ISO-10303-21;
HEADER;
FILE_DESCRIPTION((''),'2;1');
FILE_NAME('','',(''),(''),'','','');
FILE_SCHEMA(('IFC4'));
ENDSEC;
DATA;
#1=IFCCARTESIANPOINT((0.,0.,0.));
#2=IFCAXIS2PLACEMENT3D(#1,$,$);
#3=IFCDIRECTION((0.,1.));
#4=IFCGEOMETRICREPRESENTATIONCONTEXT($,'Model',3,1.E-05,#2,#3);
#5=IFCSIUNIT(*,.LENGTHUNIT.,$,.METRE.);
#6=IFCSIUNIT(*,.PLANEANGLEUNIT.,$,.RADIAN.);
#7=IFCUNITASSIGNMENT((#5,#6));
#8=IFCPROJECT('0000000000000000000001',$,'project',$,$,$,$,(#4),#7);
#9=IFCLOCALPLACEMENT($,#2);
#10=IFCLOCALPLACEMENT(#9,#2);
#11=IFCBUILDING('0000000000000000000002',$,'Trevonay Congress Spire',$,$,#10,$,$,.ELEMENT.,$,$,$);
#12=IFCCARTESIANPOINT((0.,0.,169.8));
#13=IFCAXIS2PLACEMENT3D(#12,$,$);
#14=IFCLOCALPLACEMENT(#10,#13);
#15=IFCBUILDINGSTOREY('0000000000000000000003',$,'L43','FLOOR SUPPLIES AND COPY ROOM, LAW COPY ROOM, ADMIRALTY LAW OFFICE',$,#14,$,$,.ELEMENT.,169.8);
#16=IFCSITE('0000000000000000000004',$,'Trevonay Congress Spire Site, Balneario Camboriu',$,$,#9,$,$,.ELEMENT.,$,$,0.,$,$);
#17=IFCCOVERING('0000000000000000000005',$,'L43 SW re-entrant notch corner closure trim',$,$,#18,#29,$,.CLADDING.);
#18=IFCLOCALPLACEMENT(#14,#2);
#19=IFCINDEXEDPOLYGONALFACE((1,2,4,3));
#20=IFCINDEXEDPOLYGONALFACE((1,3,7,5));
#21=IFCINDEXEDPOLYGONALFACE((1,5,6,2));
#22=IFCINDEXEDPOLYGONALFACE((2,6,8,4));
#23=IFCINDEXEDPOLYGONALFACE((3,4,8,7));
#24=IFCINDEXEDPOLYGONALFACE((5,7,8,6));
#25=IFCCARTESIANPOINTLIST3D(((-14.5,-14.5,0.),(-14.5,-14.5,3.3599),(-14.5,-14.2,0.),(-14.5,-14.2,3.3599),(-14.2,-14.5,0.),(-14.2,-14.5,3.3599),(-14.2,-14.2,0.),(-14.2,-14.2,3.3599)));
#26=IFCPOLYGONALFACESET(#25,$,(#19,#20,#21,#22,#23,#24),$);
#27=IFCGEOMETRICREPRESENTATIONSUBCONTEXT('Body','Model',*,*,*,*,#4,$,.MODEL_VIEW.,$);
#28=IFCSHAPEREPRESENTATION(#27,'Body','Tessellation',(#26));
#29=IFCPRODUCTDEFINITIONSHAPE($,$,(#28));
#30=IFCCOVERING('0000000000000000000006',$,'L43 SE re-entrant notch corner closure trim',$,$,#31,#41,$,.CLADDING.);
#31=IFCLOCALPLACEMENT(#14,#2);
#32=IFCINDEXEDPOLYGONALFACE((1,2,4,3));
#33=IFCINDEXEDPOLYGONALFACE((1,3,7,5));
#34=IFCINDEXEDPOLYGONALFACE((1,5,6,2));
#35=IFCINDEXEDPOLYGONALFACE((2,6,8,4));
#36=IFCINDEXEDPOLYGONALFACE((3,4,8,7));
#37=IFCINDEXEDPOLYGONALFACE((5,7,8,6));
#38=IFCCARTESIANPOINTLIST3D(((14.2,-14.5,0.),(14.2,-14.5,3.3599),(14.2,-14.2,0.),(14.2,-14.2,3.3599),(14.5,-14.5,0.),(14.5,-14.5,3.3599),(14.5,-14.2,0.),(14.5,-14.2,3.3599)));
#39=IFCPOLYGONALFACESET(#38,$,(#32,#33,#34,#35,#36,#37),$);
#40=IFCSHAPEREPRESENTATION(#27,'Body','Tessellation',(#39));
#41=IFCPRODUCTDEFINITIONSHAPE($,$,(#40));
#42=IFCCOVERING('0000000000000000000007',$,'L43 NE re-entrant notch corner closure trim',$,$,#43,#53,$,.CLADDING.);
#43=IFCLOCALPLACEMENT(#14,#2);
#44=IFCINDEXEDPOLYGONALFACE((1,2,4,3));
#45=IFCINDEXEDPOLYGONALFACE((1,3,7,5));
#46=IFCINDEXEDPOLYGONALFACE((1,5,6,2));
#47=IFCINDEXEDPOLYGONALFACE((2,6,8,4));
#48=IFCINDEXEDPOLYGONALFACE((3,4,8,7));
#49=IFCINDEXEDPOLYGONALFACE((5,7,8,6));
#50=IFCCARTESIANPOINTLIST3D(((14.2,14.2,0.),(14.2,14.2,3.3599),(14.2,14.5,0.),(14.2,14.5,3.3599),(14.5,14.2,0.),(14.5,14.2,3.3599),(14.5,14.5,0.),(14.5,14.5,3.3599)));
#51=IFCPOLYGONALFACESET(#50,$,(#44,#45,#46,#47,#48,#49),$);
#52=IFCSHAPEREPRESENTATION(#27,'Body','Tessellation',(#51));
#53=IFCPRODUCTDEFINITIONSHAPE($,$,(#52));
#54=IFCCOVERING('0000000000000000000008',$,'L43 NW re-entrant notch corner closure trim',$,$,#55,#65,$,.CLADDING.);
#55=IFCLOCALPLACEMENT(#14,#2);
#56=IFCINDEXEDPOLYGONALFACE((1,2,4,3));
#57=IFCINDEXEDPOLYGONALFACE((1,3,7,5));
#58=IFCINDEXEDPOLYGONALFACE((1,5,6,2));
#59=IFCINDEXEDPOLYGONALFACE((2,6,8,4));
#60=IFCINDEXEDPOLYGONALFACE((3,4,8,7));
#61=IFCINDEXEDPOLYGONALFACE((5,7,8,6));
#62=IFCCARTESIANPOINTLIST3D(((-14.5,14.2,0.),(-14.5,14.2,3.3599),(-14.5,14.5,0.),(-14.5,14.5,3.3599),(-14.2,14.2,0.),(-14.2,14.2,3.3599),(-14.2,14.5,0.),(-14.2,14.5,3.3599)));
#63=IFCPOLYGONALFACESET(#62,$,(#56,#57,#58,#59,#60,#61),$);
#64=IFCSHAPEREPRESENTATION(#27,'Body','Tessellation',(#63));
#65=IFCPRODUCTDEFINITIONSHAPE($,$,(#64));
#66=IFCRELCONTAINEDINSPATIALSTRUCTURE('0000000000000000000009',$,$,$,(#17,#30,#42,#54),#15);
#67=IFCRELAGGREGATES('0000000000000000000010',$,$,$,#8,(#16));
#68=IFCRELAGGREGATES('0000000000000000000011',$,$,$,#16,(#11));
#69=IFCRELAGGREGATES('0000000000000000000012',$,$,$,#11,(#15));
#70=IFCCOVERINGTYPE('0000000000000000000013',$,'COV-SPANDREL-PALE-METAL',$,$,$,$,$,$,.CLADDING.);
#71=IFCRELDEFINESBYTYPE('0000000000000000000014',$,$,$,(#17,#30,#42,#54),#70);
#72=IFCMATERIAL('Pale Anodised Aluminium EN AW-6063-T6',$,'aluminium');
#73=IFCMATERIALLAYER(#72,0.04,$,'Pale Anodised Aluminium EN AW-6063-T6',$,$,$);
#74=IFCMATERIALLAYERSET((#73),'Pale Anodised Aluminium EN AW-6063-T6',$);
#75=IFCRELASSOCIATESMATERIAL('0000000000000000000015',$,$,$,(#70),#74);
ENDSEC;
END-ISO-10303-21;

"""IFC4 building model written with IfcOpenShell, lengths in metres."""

from ifc_helpers import new_model, si_unit, direction, frame, origin, place, context, subcontext, project, spatial, polyline, outline, extrude, material, layer, layer_set, type_object, element, save


model = new_model("IFC4")

# Units and contexts
model_context = context("Model", 3, precision=1e-05, world=origin(), true_north=direction((0.0, 1.0)))
body_context = subcontext(model_context, "Body", "Model", "MODEL_VIEW")
ifc_project = project(units=[si_unit("LENGTHUNIT", "METRE"), si_unit("PLANEANGLEUNIT", "RADIAN")], contexts=[model_context])

# Site, building, storey
site_placement = place(None, origin())
site = spatial("IfcSite", under=ifc_project, at=site_placement, Name="Trevonay Congress Spire Site, Balneario Camboriu", CompositionType="ELEMENT", RefElevation=0.0)
building_placement = place(site_placement, origin())
building = spatial("IfcBuilding", under=site, at=building_placement, Name="Trevonay Congress Spire", CompositionType="ELEMENT")
storey_placement = place(building_placement, frame((0.0, 0.0, 169.8)))
storey = spatial("IfcBuildingStorey", under=building, at=storey_placement, Name="L43", Description="FLOOR SUPPLIES AND COPY ROOM, LAW COPY ROOM, ADMIRALTY LAW OFFICE", CompositionType="ELEMENT", Elevation=169.8)

# Shared definitions
ifc_material_1 = material(Name="Pale Anodised Aluminium EN AW-6063-T6", Category="aluminium")

# Coverings
ifc_layer_1 = layer(ifc_material_1, 0.04, Name="Pale Anodised Aluminium EN AW-6063-T6")
ifc_layer_set_1 = layer_set([ifc_layer_1], Name="Pale Anodised Aluminium EN AW-6063-T6")
covering_type_1 = type_object("IfcCoveringType", Name="COV-SPANDREL-PALE-METAL", PredefinedType="CLADDING", material=ifc_layer_set_1)
covering_1_placement = place(storey_placement, origin())
element("IfcCovering", 1, at=covering_1_placement, inside=storey, type_object=covering_type_1, Name="L43 SW re-entrant notch corner closure trim", PredefinedType="CLADDING", context=body_context, shape_type="SweptSolid", body=[
    extrude(outline(polyline([(-14.5, -14.5), (-14.2, -14.5), (-14.2, -14.2), (-14.5, -14.2), (-14.5, -14.5)])), origin(), (0.0, 0.0, 1.0), 3.3599),
])
covering_2_placement = place(storey_placement, origin())
element("IfcCovering", 2, at=covering_2_placement, inside=storey, type_object=covering_type_1, Name="L43 SE re-entrant notch corner closure trim", PredefinedType="CLADDING", context=body_context, shape_type="SweptSolid", body=[
    extrude(outline(polyline([(14.2, -14.5), (14.5, -14.5), (14.5, -14.2), (14.2, -14.2), (14.2, -14.5)])), origin(), (0.0, 0.0, 1.0), 3.3599),
])
covering_3_placement = place(storey_placement, origin())
element("IfcCovering", 3, at=covering_3_placement, inside=storey, type_object=covering_type_1, Name="L43 NE re-entrant notch corner closure trim", PredefinedType="CLADDING", context=body_context, shape_type="SweptSolid", body=[
    extrude(outline(polyline([(14.2, 14.2), (14.5, 14.2), (14.5, 14.5), (14.2, 14.5), (14.2, 14.2)])), origin(), (0.0, 0.0, 1.0), 3.3599),
])
covering_4_placement = place(storey_placement, origin())
element("IfcCovering", 4, at=covering_4_placement, inside=storey, type_object=covering_type_1, Name="L43 NW re-entrant notch corner closure trim", PredefinedType="CLADDING", context=body_context, shape_type="SweptSolid", body=[
    extrude(outline(polyline([(-14.5, 14.2), (-14.2, 14.2), (-14.2, 14.5), (-14.5, 14.5), (-14.5, 14.2)])), origin(), (0.0, 0.0, 1.0), 3.3599),
])

save(model, "model.ifc")
